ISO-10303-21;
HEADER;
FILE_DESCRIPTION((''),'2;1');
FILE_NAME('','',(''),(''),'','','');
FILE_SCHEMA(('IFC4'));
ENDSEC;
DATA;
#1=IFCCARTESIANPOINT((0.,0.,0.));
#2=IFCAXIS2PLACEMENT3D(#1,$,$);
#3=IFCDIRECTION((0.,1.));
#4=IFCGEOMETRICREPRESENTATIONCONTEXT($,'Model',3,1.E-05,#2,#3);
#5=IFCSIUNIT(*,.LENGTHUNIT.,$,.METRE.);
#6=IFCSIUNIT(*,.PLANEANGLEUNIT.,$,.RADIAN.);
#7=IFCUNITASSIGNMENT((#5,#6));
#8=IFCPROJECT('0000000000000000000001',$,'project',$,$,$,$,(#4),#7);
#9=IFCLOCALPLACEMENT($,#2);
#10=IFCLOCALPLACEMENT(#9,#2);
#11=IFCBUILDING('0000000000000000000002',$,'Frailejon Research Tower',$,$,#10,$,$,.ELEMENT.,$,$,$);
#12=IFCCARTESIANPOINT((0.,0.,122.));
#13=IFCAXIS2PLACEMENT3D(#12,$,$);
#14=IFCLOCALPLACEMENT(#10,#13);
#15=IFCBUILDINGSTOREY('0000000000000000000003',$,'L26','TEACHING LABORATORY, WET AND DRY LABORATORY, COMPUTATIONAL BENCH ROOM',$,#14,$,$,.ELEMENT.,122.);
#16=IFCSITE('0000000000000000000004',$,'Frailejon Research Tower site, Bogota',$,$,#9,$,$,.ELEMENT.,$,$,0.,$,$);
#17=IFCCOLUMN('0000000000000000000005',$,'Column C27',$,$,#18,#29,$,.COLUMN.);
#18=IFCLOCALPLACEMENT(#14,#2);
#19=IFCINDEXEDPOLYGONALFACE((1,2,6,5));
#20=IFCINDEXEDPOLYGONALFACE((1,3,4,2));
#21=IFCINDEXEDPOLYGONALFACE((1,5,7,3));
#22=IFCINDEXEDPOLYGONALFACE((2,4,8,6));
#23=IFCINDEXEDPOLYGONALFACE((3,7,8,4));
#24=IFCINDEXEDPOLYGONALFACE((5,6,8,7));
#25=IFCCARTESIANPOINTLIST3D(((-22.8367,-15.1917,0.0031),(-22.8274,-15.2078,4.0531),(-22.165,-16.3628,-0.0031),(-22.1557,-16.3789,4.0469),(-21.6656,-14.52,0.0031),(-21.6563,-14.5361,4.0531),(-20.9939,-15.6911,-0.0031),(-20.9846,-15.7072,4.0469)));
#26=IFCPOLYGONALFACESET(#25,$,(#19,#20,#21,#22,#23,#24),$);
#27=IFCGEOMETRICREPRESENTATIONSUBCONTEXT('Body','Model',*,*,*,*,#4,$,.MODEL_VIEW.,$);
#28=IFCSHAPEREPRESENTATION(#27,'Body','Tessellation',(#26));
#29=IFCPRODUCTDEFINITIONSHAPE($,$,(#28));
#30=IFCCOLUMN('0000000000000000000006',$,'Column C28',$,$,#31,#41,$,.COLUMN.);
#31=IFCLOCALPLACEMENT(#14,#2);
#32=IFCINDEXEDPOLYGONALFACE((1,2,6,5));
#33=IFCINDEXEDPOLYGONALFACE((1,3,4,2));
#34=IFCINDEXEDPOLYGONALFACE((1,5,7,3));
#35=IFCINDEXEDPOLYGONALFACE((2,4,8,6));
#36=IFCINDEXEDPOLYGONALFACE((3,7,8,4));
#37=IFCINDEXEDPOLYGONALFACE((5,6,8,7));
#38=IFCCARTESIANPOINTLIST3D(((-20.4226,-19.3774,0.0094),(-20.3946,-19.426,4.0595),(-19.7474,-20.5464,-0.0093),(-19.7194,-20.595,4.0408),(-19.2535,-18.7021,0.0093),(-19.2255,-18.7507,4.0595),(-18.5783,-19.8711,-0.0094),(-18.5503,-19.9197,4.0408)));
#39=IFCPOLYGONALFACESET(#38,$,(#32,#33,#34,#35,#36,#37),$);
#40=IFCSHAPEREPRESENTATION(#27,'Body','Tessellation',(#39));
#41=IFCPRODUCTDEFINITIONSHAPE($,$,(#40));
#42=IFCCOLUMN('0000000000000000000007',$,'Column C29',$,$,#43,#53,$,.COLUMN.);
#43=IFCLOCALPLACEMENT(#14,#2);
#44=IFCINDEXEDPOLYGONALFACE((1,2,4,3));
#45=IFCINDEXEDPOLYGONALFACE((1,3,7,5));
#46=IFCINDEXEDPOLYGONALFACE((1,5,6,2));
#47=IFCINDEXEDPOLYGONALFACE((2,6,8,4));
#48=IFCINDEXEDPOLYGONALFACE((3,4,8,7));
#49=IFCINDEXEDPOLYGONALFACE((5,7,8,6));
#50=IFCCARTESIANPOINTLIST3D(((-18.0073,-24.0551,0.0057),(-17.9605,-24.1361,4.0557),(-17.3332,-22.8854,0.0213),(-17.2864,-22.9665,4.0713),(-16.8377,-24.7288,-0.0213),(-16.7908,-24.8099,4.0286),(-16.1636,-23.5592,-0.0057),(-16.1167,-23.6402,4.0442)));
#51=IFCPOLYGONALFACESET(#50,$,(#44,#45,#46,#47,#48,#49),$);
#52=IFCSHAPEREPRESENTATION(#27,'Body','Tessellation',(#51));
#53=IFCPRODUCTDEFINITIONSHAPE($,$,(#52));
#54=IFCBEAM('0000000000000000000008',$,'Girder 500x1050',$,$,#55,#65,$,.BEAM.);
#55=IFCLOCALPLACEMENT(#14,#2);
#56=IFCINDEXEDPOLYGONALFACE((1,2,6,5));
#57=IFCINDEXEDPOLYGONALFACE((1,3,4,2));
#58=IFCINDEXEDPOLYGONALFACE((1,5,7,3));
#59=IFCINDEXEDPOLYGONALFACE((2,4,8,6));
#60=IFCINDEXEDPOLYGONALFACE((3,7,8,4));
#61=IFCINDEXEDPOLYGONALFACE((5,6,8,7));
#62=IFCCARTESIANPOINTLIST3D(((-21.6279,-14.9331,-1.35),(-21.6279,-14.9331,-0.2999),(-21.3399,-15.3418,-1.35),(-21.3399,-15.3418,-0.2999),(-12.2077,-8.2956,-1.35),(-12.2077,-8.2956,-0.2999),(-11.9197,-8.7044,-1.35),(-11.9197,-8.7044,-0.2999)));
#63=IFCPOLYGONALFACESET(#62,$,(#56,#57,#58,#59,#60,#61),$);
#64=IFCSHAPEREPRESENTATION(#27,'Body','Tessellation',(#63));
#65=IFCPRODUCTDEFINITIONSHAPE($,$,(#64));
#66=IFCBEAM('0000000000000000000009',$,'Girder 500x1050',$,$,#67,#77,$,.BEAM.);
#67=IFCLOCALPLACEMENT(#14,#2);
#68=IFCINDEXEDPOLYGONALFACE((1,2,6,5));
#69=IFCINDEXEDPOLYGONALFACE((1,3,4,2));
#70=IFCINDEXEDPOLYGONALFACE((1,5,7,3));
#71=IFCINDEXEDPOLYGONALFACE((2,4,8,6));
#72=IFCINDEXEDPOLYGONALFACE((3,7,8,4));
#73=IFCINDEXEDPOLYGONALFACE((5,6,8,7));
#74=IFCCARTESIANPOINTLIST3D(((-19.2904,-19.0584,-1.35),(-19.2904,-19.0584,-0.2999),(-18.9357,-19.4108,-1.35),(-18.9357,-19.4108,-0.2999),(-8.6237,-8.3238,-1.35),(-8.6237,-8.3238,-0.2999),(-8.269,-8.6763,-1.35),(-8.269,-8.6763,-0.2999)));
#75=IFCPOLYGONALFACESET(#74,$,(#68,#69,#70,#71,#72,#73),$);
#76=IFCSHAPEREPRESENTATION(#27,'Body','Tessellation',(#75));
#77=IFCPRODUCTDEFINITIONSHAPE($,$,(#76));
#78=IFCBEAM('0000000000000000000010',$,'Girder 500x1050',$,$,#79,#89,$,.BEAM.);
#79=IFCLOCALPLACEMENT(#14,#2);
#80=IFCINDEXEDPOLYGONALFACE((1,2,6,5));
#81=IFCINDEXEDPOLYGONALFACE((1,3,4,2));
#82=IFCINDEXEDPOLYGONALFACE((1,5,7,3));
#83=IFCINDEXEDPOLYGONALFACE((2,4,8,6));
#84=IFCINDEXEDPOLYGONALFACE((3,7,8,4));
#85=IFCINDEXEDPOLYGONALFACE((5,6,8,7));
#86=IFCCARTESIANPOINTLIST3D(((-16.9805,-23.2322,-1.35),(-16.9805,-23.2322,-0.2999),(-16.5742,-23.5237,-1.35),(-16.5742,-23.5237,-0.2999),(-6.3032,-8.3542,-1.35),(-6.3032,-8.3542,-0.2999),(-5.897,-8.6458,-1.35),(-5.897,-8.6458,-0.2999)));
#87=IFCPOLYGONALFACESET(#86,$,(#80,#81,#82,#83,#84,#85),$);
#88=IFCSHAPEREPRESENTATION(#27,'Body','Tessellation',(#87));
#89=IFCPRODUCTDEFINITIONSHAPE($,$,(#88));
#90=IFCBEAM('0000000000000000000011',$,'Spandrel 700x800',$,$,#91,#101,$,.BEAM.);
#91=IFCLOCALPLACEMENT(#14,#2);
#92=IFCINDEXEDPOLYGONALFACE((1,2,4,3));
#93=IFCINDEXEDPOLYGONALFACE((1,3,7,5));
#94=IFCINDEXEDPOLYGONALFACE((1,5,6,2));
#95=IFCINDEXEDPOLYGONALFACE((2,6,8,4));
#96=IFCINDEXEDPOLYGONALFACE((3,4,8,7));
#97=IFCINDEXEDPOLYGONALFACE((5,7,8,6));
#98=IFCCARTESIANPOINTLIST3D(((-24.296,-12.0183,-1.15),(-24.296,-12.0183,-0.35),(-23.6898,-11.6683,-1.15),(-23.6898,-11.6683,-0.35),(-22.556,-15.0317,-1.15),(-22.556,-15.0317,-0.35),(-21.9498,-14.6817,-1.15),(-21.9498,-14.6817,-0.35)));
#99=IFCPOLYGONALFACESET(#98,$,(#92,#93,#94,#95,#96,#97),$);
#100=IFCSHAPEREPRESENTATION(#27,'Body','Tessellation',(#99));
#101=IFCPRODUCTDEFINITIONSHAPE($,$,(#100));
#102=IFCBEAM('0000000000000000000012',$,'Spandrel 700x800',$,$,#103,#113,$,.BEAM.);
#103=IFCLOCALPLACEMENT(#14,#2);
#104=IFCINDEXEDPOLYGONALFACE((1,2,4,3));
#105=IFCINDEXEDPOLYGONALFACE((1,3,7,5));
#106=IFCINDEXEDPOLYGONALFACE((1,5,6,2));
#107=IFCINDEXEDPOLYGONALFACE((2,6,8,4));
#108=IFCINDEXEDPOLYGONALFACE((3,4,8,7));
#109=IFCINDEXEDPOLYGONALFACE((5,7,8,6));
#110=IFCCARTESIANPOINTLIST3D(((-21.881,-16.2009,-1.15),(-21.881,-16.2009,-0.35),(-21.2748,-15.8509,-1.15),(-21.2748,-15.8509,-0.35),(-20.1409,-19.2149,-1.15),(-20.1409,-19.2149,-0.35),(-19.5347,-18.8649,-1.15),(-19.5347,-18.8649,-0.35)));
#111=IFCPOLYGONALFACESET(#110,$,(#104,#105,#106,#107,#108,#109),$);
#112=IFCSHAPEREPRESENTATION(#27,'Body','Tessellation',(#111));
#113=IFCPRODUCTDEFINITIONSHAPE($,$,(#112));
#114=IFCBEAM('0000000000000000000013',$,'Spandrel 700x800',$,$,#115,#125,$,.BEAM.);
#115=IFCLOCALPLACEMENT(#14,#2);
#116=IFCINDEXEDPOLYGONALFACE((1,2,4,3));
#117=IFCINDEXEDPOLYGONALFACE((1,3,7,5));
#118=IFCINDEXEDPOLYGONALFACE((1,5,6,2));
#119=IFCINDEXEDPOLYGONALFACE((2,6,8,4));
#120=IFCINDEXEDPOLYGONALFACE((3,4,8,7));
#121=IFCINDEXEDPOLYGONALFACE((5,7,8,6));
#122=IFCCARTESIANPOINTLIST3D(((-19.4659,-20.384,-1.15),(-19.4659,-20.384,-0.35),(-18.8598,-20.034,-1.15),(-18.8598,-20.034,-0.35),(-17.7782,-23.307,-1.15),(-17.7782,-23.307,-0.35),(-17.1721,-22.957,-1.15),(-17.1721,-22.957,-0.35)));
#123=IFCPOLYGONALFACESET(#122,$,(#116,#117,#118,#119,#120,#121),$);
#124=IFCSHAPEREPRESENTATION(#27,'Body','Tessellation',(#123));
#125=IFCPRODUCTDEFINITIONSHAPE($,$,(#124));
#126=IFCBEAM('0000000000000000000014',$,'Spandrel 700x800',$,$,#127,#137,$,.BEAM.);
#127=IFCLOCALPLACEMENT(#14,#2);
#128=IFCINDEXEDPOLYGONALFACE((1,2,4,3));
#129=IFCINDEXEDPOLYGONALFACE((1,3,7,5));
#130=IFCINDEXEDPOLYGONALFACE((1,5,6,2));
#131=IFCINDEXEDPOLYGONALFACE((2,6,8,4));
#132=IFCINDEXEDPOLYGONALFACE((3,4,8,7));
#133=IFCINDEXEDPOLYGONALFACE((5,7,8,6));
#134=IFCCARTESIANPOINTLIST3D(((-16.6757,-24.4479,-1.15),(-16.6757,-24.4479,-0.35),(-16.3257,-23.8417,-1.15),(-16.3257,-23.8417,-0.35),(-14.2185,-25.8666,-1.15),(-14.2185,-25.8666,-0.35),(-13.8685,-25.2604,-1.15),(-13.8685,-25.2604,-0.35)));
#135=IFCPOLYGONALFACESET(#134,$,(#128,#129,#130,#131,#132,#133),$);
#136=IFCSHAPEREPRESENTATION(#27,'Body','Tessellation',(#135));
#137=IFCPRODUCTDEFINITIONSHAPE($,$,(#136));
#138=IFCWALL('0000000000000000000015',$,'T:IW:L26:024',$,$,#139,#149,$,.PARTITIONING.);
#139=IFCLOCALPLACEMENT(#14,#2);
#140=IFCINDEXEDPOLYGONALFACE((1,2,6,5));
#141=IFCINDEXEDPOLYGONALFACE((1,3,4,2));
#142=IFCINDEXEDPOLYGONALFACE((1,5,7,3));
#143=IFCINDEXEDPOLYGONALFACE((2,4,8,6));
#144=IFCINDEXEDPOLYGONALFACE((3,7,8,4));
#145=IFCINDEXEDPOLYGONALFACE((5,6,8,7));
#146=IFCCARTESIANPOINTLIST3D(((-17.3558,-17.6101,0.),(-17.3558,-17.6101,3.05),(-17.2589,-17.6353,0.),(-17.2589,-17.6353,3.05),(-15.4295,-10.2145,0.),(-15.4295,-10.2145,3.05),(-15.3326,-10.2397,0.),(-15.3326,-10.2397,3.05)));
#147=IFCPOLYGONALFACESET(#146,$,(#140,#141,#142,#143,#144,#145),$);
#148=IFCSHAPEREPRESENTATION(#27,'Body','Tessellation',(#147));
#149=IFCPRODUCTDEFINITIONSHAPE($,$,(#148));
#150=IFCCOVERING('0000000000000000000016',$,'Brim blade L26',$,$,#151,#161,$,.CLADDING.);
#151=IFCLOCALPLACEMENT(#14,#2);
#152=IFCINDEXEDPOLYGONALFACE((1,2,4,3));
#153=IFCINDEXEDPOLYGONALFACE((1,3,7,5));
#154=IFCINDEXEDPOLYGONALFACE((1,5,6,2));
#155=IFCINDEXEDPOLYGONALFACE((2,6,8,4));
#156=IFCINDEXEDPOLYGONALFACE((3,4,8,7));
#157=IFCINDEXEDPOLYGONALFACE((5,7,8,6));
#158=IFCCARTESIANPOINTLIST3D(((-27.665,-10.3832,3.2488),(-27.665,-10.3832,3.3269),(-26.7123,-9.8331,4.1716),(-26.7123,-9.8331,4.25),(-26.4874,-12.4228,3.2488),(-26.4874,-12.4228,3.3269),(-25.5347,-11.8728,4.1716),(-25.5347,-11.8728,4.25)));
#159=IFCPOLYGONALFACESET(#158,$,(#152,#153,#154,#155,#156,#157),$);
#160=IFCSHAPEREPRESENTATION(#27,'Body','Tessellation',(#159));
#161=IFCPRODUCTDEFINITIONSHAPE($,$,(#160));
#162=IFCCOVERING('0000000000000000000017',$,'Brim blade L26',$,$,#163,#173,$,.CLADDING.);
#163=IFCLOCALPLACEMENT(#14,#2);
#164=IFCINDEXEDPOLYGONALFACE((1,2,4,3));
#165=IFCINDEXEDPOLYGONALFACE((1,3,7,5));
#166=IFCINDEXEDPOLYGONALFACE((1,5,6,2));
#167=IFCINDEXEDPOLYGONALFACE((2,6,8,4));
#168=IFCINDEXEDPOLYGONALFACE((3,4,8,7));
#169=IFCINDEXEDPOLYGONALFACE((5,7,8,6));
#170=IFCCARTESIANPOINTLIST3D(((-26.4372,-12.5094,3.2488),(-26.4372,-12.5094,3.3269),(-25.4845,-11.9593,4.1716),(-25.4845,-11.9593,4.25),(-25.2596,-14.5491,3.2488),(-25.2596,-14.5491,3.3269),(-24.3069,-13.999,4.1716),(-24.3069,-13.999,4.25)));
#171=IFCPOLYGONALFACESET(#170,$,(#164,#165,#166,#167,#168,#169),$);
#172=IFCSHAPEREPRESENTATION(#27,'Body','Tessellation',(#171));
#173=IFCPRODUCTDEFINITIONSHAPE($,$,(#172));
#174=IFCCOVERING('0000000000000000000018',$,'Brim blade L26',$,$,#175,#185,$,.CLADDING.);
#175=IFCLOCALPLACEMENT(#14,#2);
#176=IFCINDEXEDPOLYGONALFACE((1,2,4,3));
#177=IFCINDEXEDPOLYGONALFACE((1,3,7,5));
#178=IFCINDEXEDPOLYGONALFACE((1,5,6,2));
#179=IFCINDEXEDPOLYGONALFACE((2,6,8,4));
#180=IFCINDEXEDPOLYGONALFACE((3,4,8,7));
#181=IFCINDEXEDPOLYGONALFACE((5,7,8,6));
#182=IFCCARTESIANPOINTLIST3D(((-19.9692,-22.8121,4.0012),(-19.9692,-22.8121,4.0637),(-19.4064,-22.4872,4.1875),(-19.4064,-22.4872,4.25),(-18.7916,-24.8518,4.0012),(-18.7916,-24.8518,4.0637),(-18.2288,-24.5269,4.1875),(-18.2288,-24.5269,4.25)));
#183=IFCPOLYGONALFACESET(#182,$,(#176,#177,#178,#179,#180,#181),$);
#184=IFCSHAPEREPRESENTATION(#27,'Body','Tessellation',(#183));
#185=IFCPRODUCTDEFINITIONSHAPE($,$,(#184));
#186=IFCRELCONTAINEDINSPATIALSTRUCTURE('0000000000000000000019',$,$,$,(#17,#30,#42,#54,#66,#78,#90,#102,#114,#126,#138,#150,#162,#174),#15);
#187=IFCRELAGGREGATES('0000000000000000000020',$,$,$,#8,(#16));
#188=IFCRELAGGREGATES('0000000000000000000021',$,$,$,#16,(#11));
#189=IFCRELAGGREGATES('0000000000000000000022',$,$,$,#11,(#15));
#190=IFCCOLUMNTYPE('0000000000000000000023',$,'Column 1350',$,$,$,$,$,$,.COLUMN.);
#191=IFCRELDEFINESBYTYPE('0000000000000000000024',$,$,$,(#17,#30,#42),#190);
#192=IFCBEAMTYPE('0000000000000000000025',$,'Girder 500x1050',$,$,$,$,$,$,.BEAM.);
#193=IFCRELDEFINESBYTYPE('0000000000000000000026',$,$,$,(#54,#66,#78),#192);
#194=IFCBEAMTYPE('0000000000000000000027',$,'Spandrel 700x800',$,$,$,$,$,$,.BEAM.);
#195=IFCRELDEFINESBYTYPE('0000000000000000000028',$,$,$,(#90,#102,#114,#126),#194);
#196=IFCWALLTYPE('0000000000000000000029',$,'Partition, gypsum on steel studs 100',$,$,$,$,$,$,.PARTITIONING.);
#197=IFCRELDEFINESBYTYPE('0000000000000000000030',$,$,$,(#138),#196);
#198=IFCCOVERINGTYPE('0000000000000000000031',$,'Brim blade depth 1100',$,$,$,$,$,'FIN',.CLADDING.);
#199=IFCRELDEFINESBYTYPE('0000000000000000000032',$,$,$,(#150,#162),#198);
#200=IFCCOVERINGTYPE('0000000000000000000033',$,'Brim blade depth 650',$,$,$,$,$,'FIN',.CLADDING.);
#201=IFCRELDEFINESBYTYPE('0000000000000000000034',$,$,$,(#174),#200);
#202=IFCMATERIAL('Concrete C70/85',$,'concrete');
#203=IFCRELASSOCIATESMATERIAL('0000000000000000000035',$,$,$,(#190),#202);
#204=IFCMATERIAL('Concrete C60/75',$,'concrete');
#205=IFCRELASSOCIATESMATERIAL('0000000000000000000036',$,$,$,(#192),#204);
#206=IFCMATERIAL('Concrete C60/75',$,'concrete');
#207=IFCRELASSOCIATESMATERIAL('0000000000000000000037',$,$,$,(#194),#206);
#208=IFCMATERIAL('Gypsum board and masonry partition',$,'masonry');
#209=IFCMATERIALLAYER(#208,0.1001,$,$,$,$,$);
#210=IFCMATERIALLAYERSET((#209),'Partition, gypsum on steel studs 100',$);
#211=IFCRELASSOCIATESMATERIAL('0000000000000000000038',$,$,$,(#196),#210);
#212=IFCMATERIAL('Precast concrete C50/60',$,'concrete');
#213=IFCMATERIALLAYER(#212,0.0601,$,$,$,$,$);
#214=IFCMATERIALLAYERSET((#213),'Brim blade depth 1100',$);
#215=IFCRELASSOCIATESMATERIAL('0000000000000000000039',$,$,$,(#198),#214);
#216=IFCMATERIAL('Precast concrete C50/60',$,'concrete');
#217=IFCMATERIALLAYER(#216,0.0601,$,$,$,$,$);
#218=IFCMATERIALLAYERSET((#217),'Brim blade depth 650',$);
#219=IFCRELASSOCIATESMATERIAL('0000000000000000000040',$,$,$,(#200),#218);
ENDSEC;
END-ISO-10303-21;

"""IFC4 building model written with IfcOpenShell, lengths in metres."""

from ifc_helpers import new_model, si_unit, direction, frame, frame_2d, origin, origin_2d, place, context, subcontext, project, spatial, polyline, rectangle, outline, extrude, material, layer, layer_set, material_profile, profile_set, type_object, element, save


model = new_model("IFC4")

# Units and contexts
model_context = context("Model", 3, precision=1e-05, world=origin(), true_north=direction((0.0, 1.0)))
body_context = subcontext(model_context, "Body", "Model", "MODEL_VIEW")
ifc_project = project(units=[si_unit("LENGTHUNIT", "METRE"), si_unit("PLANEANGLEUNIT", "RADIAN")], contexts=[model_context])

# Site, building, storey
site_placement = place(None, origin())
site = spatial("IfcSite", under=ifc_project, at=site_placement, Name="Frailejon Research Tower site, Bogota", CompositionType="ELEMENT", RefElevation=0.0)
building_placement = place(site_placement, origin())
building = spatial("IfcBuilding", under=site, at=building_placement, Name="Frailejon Research Tower", CompositionType="ELEMENT")
storey_placement = place(building_placement, frame((0.0, 0.0, 122.0)))
storey = spatial("IfcBuildingStorey", under=building, at=storey_placement, Name="L26", Description="TEACHING LABORATORY, WET AND DRY LABORATORY, COMPUTATIONAL BENCH ROOM", CompositionType="ELEMENT", Elevation=122.0)

# Columns
ifc_material_1 = material(Name="Concrete C70/85", Category="concrete")
ifc_material_profile_1 = material_profile(ifc_material_1, rectangle(XDim=1.3501, YDim=1.3501, at=origin_2d()), Name="Column 1350")
ifc_profile_set_1 = profile_set([ifc_material_profile_1], Name="Concrete C70/85")
column_type = type_object("IfcColumnType", Name="Column 1350", PredefinedType="COLUMN", material=ifc_profile_set_1)
column_1_placement = place(storey_placement, frame((-21.9153, -15.4414, 0.0), z_axis=(0.002291, -0.003978, 0.999989), x_axis=(0.497534, -0.867433, -0.004591)))
element("IfcColumn", 1, at=column_1_placement, inside=storey, type_object=column_type, Name="Column C27", PredefinedType="COLUMN", context=body_context, shape_type="SweptSolid", body=[
    extrude(rectangle(XDim=1.3501, YDim=1.3501, at=origin_2d()), origin(), (0.0, 0.0, 1.0), 4.05),
])
column_2_placement = place(storey_placement, frame((-19.5005, -19.6243, 0.0), z_axis=(0.006932, -0.011995, 0.999904), x_axis=(0.500107, -0.865853, -0.013854)))
element("IfcColumn", 2, at=column_2_placement, inside=storey, type_object=column_type, Name="Column C28", PredefinedType="COLUMN", context=body_context, shape_type="SweptSolid", body=[
    extrude(rectangle(XDim=1.3501, YDim=1.3501, at=origin_2d()), origin(), (0.0, 0.0, 1.0), 4.0505),
])
column_3_placement = place(storey_placement, frame((-17.0854, -23.8071, 0.0), z_axis=(0.011571, -0.020008, 0.999733), x_axis=(0.866357, -0.499025, -0.020014)))
element("IfcColumn", 3, at=column_3_placement, inside=storey, type_object=column_type, Name="Column C29", PredefinedType="COLUMN", context=body_context, shape_type="SweptSolid", body=[
    extrude(rectangle(XDim=1.3501, YDim=1.3501, at=origin_2d()), origin(), (0.0, 0.0, 1.0), 4.051),
])

# Beams
ifc_material_2 = material(Name="Concrete C60/75", Category="concrete")
ifc_material_profile_2 = material_profile(ifc_material_2, rectangle(XDim=0.5, YDim=1.05, at=origin_2d()), Name="Girder 500x1050")
ifc_profile_set_2 = profile_set([ifc_material_profile_2], Name="Concrete C60/75")
beam_type_1 = type_object("IfcBeamType", Name="Girder 500x1050", PredefinedType="BEAM", material=ifc_profile_set_2)
beam_1_placement = place(storey_placement, frame((-21.4839, -15.1375, -0.825), z_axis=(0.817461, 0.575983, 0.0), x_axis=(-0.575983, 0.817461, 0.0)))
element("IfcBeam", 4, at=beam_1_placement, inside=storey, type_object=beam_type_1, Name="Girder 500x1050", PredefinedType="BEAM", context=body_context, shape_type="SweptSolid", body=[
    extrude(rectangle(XDim=0.5, YDim=1.05, at=origin_2d()), origin(), (0.0, 0.0, 1.0), 11.5237),
])
beam_2_placement = place(storey_placement, frame((-19.113, -19.2346, -0.825), z_axis=(0.704861, 0.709346, 0.0), x_axis=(-0.709346, 0.704861, 0.0)))
element("IfcBeam", 5, at=beam_2_placement, inside=storey, type_object=beam_type_1, Name="Girder 500x1050", PredefinedType="BEAM", context=body_context, shape_type="SweptSolid", body=[
    extrude(rectangle(XDim=0.5, YDim=1.05, at=origin_2d()), origin(), (0.0, 0.0, 1.0), 15.1331),
])
beam_3_placement = place(storey_placement, frame((-16.7773, -23.3779, -0.825), z_axis=(0.58305, 0.812436, 0.0), x_axis=(-0.812436, 0.58305, 0.0)))
element("IfcBeam", 6, at=beam_3_placement, inside=storey, type_object=beam_type_1, Name="Girder 500x1050", PredefinedType="BEAM", context=body_context, shape_type="SweptSolid", body=[
    extrude(rectangle(XDim=0.5, YDim=1.05, at=origin_2d()), origin(), (0.0, 0.0, 1.0), 18.3127),
])
ifc_material_3 = material(Name="Concrete C60/75", Category="concrete")
ifc_material_profile_3 = material_profile(ifc_material_3, rectangle(XDim=0.7, YDim=0.8, at=origin_2d()), Name="Spandrel 700x800")
ifc_profile_set_3 = profile_set([ifc_material_profile_3], Name="Concrete C60/75")
beam_type_2 = type_object("IfcBeamType", Name="Spandrel 700x800", PredefinedType="BEAM", material=ifc_profile_set_3)
beam_4_placement = place(storey_placement, frame((-23.9929, -11.8433, -0.75), z_axis=(0.50004, -0.866002, 0.0), x_axis=(0.866002, 0.50004, 0.0)))
element("IfcBeam", 7, at=beam_4_placement, inside=storey, type_object=beam_type_2, Name="Spandrel 700x800", PredefinedType="BEAM", context=body_context, shape_type="SweptSolid", body=[
    extrude(rectangle(XDim=0.7, YDim=0.8, at=origin_2d()), origin(), (0.0, 0.0, 1.0), 3.4797),
])
beam_5_placement = place(storey_placement, frame((-21.5779, -16.0259, -0.75), z_axis=(0.49998, -0.866037, 0.0), x_axis=(0.866037, 0.49998, 0.0)))
element("IfcBeam", 8, at=beam_5_placement, inside=storey, type_object=beam_type_2, Name="Spandrel 700x800", PredefinedType="BEAM", context=body_context, shape_type="SweptSolid", body=[
    extrude(rectangle(XDim=0.7, YDim=0.8, at=origin_2d()), origin(), (0.0, 0.0, 1.0), 3.4802),
])
beam_6_placement = place(storey_placement, frame((-19.1628, -20.209, -0.75), z_axis=(0.500021, -0.866013, 0.0), x_axis=(0.866013, 0.500021, 0.0)))
element("IfcBeam", 9, at=beam_6_placement, inside=storey, type_object=beam_type_2, Name="Spandrel 700x800", PredefinedType="BEAM", context=body_context, shape_type="SweptSolid", body=[
    extrude(rectangle(XDim=0.7, YDim=0.8, at=origin_2d()), origin(), (0.0, 0.0, 1.0), 3.3752),
])
beam_7_placement = place(storey_placement, frame((-16.5007, -24.1448, -0.75), z_axis=(0.866027, -0.499998, 0.0), x_axis=(0.499998, 0.866027, 0.0)))
element("IfcBeam", 10, at=beam_7_placement, inside=storey, type_object=beam_type_2, Name="Spandrel 700x800", PredefinedType="BEAM", context=body_context, shape_type="SweptSolid", body=[
    extrude(rectangle(XDim=0.7, YDim=0.8, at=origin_2d()), origin(), (0.0, 0.0, 1.0), 2.8374),
])

# Wall
ifc_material_4 = material(Name="Gypsum board and masonry partition", Category="masonry")
ifc_layer_1 = layer(ifc_material_4, 0.1001)
ifc_layer_set_1 = layer_set([ifc_layer_1], Name="Partition, gypsum on steel studs 100")
wall_type = type_object("IfcWallType", Name="Partition, gypsum on steel studs 100", PredefinedType="PARTITIONING", material=ifc_layer_set_1)
wall_placement = place(storey_placement, frame((-17.3074, -17.6228, 0.0), z_axis=(0.0, 0.0, 1.0), x_axis=(0.252055, 0.967713, 0.0)))
element("IfcWall", 11, at=wall_placement, inside=storey, type_object=wall_type, Name="T:IW:L26:024", PredefinedType="PARTITIONING", context=body_context, shape_type="SweptSolid", body=[
    extrude(rectangle(XDim=7.6423, YDim=0.1001, at=frame_2d((3.8213, 0.0))), origin(), (0.0, 0.0, 1.0), 3.05),
])

# Coverings
ifc_material_5 = material(Name="Precast concrete C50/60", Category="concrete")
ifc_layer_2 = layer(ifc_material_5, 0.0601)
ifc_layer_set_2 = layer_set([ifc_layer_2], Name="Brim blade depth 1100")
covering_type_1 = type_object("IfcCoveringType", Name="Brim blade depth 1100", ElementType="FIN", PredefinedType="CLADDING", material=ifc_layer_set_2)
for number, where, z_axis, x_axis, name in (
    (12, (-25.5347, -11.8728, 4.25), (-0.499997, 0.866027, 0.0), (-0.866027, -0.499997, 0.0), "Brim blade L26"),
    (13, (-24.3069, -13.999, 4.25), (-0.500006, 0.866022, 0.0), (-0.866022, -0.500006, 0.0), "Brim blade L26"),
):
    element("IfcCovering", number, at=place(storey_placement, frame(where, z_axis=z_axis, x_axis=x_axis)), inside=storey, type_object=covering_type_1, Name=name, PredefinedType="CLADDING", context=body_context, shape_type="SweptSolid", body=[
        extrude(outline(polyline([(0.0, -0.0784), (1.1001, -1.0012), (1.1001, -0.9231), (0.0, 0.0), (0.0, -0.0784)])), origin(), (0.0, 0.0, 1.0), 2.3552),
    ])
ifc_material_6 = material(Name="Precast concrete C50/60", Category="concrete")
ifc_layer_3 = layer(ifc_material_6, 0.0601)
ifc_layer_set_3 = layer_set([ifc_layer_3], Name="Brim blade depth 650")
covering_type_2 = type_object("IfcCoveringType", Name="Brim blade depth 650", ElementType="FIN", PredefinedType="CLADDING", material=ifc_layer_set_3)
covering_placement = place(storey_placement, frame((-18.2288, -24.5269, 4.25), z_axis=(-0.499997, 0.866027, 0.0), x_axis=(-0.866027, -0.499997, 0.0)))
element("IfcCovering", 14, at=covering_placement, inside=storey, type_object=covering_type_2, Name="Brim blade L26", PredefinedType="CLADDING", context=body_context, shape_type="SweptSolid", body=[
    extrude(outline(polyline([(0.0, -0.0625), (0.6499, -0.2488), (0.6499, -0.1863), (0.0, 0.0), (0.0, -0.0625)])), origin(), (0.0, 0.0, 1.0), 2.3552),
])

save(model, "model.ifc")
